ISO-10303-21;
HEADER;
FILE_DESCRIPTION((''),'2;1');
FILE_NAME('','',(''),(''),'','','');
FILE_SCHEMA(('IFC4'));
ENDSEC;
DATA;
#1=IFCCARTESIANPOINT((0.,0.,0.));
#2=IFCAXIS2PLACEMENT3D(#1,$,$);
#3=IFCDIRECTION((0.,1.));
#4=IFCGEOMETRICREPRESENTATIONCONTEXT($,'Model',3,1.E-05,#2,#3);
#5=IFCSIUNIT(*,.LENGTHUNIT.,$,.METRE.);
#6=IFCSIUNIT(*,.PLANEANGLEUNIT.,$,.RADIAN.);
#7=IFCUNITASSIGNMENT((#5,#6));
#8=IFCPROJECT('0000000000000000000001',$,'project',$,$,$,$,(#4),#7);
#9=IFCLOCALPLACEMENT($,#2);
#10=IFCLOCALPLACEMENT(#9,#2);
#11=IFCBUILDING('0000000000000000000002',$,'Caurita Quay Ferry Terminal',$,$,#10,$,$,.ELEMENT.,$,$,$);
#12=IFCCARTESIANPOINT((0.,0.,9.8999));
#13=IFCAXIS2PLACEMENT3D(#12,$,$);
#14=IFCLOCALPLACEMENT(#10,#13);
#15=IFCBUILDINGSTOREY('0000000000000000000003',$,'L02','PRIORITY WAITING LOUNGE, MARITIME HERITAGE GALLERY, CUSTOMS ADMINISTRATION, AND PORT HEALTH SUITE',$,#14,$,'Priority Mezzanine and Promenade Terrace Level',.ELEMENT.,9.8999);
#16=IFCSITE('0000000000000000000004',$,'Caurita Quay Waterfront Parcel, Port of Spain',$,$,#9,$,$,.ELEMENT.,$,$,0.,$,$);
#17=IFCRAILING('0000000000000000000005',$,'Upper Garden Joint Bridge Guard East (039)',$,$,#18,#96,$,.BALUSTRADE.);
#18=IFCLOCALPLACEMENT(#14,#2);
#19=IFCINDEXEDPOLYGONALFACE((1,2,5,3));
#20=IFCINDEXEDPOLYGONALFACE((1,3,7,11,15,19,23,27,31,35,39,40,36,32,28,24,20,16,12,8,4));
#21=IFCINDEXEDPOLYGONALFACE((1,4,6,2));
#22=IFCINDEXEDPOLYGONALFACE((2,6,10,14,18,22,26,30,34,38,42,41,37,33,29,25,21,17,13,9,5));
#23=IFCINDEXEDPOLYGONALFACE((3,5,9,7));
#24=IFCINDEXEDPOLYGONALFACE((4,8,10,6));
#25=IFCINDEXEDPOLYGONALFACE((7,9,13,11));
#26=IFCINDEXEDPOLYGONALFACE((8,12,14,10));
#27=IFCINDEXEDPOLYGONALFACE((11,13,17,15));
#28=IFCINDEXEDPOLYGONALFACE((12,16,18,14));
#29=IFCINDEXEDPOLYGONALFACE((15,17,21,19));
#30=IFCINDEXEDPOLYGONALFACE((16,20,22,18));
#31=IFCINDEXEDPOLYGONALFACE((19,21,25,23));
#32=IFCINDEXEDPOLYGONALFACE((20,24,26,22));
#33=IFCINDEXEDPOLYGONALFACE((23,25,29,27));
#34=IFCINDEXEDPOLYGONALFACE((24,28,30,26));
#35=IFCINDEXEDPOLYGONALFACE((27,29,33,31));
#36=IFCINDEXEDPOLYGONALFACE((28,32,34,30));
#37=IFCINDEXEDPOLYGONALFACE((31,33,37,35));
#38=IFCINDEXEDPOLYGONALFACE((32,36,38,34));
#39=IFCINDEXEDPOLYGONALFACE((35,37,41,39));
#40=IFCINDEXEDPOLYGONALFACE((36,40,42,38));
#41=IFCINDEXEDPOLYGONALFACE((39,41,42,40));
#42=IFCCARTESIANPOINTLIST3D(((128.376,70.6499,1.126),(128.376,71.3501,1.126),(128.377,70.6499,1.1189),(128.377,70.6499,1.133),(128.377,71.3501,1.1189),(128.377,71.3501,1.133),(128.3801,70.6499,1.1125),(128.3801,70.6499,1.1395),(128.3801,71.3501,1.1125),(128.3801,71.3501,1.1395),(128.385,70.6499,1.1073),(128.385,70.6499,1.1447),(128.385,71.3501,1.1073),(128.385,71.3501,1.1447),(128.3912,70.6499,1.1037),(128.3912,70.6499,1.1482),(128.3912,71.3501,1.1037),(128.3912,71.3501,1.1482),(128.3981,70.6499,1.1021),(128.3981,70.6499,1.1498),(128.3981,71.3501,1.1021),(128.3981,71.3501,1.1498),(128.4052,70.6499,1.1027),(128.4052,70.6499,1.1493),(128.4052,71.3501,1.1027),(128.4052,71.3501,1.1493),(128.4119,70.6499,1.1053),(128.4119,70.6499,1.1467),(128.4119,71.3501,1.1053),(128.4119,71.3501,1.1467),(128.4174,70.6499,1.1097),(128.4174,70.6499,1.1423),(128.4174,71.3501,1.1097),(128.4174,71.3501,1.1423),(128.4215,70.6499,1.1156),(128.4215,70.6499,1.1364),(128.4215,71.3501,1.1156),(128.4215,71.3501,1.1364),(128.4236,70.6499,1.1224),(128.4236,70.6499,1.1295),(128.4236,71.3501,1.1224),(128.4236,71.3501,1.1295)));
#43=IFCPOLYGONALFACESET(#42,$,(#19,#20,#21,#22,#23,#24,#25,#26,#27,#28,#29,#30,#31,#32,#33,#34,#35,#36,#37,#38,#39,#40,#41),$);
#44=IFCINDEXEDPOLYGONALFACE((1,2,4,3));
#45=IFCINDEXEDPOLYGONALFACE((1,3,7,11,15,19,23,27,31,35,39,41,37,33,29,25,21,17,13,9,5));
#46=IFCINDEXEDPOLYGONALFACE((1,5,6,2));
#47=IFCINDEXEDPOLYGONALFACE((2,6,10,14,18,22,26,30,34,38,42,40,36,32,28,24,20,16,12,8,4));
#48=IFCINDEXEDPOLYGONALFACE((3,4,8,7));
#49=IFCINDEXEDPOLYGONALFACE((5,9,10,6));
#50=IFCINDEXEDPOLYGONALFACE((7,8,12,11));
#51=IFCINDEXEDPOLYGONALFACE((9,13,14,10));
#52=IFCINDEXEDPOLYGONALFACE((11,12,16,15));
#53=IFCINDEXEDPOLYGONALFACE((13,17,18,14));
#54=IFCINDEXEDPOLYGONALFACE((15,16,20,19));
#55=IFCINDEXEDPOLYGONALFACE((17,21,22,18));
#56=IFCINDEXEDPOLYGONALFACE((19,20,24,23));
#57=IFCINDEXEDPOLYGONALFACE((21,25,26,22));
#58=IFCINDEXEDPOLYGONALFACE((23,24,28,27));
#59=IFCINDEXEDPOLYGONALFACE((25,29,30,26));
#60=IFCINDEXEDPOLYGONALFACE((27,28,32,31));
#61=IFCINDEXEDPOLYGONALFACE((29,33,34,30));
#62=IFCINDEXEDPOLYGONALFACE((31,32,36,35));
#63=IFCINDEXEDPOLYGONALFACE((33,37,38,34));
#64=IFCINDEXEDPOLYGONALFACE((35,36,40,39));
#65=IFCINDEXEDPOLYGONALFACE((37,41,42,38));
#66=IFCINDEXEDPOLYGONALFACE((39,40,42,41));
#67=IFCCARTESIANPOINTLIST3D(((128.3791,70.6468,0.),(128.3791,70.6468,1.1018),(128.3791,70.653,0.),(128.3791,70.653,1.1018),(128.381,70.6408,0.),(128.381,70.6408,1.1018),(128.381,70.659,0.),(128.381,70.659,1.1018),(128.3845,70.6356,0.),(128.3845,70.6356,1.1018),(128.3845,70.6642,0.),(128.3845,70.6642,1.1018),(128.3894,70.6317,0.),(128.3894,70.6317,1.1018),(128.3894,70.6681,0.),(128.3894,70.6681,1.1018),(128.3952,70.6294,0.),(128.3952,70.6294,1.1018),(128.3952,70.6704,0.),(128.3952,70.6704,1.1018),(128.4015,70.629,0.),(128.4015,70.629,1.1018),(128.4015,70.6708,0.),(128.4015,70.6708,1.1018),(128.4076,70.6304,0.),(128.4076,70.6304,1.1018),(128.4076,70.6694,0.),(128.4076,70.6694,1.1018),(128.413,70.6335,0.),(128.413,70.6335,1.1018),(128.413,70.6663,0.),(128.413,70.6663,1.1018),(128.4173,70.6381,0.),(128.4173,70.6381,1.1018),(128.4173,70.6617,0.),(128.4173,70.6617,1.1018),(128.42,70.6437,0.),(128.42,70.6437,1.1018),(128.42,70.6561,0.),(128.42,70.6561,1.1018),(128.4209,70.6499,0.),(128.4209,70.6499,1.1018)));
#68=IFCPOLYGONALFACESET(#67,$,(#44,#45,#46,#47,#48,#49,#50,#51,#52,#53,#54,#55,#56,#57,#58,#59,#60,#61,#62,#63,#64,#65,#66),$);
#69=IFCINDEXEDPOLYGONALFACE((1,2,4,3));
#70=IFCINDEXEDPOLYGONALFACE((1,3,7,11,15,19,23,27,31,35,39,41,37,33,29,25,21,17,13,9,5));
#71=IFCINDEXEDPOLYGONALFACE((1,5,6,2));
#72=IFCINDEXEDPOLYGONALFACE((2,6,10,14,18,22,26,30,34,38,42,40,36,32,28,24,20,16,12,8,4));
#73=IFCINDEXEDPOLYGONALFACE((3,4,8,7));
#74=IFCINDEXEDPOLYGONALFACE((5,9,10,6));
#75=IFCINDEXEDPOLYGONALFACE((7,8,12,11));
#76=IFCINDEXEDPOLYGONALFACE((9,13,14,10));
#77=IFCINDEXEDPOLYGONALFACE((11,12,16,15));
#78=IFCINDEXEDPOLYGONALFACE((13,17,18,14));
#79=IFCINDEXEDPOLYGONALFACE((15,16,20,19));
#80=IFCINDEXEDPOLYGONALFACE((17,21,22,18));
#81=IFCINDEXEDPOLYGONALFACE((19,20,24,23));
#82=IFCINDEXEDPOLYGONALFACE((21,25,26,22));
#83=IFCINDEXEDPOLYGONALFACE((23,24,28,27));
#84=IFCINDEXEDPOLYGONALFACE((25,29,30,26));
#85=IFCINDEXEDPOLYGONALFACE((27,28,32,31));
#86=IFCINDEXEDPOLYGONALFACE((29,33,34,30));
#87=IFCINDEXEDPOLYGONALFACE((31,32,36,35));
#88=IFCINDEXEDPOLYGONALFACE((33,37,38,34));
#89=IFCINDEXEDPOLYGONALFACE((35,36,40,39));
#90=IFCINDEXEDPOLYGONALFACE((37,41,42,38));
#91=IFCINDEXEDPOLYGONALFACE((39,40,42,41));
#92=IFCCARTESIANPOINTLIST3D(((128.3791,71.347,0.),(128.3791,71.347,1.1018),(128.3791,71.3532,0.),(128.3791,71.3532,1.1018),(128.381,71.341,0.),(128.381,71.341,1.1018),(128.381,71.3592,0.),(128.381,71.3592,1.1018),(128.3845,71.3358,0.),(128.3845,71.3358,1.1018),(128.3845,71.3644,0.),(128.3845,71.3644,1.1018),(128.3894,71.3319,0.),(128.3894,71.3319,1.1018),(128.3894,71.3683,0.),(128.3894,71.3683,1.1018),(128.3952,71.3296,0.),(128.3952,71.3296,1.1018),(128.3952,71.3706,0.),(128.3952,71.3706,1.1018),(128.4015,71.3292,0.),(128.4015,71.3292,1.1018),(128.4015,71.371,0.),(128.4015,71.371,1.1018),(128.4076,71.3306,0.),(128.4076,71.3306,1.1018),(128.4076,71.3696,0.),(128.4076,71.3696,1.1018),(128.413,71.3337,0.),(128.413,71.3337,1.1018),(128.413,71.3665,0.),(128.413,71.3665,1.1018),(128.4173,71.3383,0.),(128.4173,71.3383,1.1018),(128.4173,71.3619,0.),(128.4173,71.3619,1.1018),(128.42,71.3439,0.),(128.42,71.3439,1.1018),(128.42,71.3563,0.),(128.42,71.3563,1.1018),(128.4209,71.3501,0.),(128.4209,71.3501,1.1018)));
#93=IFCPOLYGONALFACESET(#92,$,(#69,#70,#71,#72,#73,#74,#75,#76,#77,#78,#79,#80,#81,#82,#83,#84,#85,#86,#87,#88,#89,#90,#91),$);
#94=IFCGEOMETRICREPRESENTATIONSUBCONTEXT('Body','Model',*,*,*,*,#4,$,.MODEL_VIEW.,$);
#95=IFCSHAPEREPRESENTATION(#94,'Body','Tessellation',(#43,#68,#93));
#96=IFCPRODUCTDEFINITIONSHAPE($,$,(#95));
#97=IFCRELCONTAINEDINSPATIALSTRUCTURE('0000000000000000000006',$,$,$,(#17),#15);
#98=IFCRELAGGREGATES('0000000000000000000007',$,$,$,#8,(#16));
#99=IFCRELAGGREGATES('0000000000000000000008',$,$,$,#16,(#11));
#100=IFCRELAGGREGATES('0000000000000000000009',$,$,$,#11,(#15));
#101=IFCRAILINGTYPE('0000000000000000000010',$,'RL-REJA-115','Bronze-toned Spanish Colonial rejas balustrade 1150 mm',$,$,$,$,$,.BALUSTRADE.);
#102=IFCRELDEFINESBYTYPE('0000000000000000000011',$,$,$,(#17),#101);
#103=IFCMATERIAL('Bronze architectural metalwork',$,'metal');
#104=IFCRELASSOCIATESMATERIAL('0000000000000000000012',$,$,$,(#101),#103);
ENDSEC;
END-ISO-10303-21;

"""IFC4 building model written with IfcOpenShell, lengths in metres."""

from ifc_helpers import new_model, si_unit, direction, frame, origin, origin_2d, place, context, subcontext, project, spatial, circle, extrude, material, type_object, element, save


model = new_model("IFC4")

# Units and contexts
model_context = context("Model", 3, precision=1e-05, world=origin(), true_north=direction((0.0, 1.0)))
body_context = subcontext(model_context, "Body", "Model", "MODEL_VIEW")
ifc_project = project(units=[si_unit("LENGTHUNIT", "METRE"), si_unit("PLANEANGLEUNIT", "RADIAN")], contexts=[model_context])

# Site, building, storey
site_placement = place(None, origin())
site = spatial("IfcSite", under=ifc_project, at=site_placement, Name="Caurita Quay Waterfront Parcel, Port of Spain", CompositionType="ELEMENT", RefElevation=0.0)
building_placement = place(site_placement, origin())
building = spatial("IfcBuilding", under=site, at=building_placement, Name="Caurita Quay Ferry Terminal", CompositionType="ELEMENT")
storey_placement = place(building_placement, frame((0.0, 0.0, 9.8999)))
storey = spatial("IfcBuildingStorey", under=building, at=storey_placement, Name="L02", Description="PRIORITY WAITING LOUNGE, MARITIME HERITAGE GALLERY, CUSTOMS ADMINISTRATION, AND PORT HEALTH SUITE", LongName="Priority Mezzanine and Promenade Terrace Level", CompositionType="ELEMENT", Elevation=9.8999)

# Railing
ifc_material_1 = material(Name="Bronze architectural metalwork", Category="metal")
railing_type = type_object("IfcRailingType", Name="RL-REJA-115", Description="Bronze-toned Spanish Colonial rejas balustrade 1150 mm", PredefinedType="BALUSTRADE", material=ifc_material_1)
railing_1_placement = place(storey_placement, frame((128.3999, 70.6499, 0.0)))
element("IfcRailing", 1, at=railing_1_placement, inside=storey, type_object=railing_type, Name="Upper Garden Joint Bridge Guard East (039)", PredefinedType="BALUSTRADE", context=body_context, shape_type="SweptSolid", body=[
    extrude(circle(Radius=0.0239, at=origin_2d()), frame((0.0, 0.0, 1.126), z_axis=(0.0, 1.0, 0.0), x_axis=(-1.0, 0.0, 0.0)), (0.0, 0.0, 1.0), 0.7002),
    extrude(circle(Radius=0.021, at=origin_2d()), origin(), (0.0, 0.0, 1.0), 1.1018),
    extrude(circle(Radius=0.021, at=origin_2d()), frame((0.0, 0.7002, 0.0)), (0.0, 0.0, 1.0), 1.1018),
])

save(model, "model.ifc")
